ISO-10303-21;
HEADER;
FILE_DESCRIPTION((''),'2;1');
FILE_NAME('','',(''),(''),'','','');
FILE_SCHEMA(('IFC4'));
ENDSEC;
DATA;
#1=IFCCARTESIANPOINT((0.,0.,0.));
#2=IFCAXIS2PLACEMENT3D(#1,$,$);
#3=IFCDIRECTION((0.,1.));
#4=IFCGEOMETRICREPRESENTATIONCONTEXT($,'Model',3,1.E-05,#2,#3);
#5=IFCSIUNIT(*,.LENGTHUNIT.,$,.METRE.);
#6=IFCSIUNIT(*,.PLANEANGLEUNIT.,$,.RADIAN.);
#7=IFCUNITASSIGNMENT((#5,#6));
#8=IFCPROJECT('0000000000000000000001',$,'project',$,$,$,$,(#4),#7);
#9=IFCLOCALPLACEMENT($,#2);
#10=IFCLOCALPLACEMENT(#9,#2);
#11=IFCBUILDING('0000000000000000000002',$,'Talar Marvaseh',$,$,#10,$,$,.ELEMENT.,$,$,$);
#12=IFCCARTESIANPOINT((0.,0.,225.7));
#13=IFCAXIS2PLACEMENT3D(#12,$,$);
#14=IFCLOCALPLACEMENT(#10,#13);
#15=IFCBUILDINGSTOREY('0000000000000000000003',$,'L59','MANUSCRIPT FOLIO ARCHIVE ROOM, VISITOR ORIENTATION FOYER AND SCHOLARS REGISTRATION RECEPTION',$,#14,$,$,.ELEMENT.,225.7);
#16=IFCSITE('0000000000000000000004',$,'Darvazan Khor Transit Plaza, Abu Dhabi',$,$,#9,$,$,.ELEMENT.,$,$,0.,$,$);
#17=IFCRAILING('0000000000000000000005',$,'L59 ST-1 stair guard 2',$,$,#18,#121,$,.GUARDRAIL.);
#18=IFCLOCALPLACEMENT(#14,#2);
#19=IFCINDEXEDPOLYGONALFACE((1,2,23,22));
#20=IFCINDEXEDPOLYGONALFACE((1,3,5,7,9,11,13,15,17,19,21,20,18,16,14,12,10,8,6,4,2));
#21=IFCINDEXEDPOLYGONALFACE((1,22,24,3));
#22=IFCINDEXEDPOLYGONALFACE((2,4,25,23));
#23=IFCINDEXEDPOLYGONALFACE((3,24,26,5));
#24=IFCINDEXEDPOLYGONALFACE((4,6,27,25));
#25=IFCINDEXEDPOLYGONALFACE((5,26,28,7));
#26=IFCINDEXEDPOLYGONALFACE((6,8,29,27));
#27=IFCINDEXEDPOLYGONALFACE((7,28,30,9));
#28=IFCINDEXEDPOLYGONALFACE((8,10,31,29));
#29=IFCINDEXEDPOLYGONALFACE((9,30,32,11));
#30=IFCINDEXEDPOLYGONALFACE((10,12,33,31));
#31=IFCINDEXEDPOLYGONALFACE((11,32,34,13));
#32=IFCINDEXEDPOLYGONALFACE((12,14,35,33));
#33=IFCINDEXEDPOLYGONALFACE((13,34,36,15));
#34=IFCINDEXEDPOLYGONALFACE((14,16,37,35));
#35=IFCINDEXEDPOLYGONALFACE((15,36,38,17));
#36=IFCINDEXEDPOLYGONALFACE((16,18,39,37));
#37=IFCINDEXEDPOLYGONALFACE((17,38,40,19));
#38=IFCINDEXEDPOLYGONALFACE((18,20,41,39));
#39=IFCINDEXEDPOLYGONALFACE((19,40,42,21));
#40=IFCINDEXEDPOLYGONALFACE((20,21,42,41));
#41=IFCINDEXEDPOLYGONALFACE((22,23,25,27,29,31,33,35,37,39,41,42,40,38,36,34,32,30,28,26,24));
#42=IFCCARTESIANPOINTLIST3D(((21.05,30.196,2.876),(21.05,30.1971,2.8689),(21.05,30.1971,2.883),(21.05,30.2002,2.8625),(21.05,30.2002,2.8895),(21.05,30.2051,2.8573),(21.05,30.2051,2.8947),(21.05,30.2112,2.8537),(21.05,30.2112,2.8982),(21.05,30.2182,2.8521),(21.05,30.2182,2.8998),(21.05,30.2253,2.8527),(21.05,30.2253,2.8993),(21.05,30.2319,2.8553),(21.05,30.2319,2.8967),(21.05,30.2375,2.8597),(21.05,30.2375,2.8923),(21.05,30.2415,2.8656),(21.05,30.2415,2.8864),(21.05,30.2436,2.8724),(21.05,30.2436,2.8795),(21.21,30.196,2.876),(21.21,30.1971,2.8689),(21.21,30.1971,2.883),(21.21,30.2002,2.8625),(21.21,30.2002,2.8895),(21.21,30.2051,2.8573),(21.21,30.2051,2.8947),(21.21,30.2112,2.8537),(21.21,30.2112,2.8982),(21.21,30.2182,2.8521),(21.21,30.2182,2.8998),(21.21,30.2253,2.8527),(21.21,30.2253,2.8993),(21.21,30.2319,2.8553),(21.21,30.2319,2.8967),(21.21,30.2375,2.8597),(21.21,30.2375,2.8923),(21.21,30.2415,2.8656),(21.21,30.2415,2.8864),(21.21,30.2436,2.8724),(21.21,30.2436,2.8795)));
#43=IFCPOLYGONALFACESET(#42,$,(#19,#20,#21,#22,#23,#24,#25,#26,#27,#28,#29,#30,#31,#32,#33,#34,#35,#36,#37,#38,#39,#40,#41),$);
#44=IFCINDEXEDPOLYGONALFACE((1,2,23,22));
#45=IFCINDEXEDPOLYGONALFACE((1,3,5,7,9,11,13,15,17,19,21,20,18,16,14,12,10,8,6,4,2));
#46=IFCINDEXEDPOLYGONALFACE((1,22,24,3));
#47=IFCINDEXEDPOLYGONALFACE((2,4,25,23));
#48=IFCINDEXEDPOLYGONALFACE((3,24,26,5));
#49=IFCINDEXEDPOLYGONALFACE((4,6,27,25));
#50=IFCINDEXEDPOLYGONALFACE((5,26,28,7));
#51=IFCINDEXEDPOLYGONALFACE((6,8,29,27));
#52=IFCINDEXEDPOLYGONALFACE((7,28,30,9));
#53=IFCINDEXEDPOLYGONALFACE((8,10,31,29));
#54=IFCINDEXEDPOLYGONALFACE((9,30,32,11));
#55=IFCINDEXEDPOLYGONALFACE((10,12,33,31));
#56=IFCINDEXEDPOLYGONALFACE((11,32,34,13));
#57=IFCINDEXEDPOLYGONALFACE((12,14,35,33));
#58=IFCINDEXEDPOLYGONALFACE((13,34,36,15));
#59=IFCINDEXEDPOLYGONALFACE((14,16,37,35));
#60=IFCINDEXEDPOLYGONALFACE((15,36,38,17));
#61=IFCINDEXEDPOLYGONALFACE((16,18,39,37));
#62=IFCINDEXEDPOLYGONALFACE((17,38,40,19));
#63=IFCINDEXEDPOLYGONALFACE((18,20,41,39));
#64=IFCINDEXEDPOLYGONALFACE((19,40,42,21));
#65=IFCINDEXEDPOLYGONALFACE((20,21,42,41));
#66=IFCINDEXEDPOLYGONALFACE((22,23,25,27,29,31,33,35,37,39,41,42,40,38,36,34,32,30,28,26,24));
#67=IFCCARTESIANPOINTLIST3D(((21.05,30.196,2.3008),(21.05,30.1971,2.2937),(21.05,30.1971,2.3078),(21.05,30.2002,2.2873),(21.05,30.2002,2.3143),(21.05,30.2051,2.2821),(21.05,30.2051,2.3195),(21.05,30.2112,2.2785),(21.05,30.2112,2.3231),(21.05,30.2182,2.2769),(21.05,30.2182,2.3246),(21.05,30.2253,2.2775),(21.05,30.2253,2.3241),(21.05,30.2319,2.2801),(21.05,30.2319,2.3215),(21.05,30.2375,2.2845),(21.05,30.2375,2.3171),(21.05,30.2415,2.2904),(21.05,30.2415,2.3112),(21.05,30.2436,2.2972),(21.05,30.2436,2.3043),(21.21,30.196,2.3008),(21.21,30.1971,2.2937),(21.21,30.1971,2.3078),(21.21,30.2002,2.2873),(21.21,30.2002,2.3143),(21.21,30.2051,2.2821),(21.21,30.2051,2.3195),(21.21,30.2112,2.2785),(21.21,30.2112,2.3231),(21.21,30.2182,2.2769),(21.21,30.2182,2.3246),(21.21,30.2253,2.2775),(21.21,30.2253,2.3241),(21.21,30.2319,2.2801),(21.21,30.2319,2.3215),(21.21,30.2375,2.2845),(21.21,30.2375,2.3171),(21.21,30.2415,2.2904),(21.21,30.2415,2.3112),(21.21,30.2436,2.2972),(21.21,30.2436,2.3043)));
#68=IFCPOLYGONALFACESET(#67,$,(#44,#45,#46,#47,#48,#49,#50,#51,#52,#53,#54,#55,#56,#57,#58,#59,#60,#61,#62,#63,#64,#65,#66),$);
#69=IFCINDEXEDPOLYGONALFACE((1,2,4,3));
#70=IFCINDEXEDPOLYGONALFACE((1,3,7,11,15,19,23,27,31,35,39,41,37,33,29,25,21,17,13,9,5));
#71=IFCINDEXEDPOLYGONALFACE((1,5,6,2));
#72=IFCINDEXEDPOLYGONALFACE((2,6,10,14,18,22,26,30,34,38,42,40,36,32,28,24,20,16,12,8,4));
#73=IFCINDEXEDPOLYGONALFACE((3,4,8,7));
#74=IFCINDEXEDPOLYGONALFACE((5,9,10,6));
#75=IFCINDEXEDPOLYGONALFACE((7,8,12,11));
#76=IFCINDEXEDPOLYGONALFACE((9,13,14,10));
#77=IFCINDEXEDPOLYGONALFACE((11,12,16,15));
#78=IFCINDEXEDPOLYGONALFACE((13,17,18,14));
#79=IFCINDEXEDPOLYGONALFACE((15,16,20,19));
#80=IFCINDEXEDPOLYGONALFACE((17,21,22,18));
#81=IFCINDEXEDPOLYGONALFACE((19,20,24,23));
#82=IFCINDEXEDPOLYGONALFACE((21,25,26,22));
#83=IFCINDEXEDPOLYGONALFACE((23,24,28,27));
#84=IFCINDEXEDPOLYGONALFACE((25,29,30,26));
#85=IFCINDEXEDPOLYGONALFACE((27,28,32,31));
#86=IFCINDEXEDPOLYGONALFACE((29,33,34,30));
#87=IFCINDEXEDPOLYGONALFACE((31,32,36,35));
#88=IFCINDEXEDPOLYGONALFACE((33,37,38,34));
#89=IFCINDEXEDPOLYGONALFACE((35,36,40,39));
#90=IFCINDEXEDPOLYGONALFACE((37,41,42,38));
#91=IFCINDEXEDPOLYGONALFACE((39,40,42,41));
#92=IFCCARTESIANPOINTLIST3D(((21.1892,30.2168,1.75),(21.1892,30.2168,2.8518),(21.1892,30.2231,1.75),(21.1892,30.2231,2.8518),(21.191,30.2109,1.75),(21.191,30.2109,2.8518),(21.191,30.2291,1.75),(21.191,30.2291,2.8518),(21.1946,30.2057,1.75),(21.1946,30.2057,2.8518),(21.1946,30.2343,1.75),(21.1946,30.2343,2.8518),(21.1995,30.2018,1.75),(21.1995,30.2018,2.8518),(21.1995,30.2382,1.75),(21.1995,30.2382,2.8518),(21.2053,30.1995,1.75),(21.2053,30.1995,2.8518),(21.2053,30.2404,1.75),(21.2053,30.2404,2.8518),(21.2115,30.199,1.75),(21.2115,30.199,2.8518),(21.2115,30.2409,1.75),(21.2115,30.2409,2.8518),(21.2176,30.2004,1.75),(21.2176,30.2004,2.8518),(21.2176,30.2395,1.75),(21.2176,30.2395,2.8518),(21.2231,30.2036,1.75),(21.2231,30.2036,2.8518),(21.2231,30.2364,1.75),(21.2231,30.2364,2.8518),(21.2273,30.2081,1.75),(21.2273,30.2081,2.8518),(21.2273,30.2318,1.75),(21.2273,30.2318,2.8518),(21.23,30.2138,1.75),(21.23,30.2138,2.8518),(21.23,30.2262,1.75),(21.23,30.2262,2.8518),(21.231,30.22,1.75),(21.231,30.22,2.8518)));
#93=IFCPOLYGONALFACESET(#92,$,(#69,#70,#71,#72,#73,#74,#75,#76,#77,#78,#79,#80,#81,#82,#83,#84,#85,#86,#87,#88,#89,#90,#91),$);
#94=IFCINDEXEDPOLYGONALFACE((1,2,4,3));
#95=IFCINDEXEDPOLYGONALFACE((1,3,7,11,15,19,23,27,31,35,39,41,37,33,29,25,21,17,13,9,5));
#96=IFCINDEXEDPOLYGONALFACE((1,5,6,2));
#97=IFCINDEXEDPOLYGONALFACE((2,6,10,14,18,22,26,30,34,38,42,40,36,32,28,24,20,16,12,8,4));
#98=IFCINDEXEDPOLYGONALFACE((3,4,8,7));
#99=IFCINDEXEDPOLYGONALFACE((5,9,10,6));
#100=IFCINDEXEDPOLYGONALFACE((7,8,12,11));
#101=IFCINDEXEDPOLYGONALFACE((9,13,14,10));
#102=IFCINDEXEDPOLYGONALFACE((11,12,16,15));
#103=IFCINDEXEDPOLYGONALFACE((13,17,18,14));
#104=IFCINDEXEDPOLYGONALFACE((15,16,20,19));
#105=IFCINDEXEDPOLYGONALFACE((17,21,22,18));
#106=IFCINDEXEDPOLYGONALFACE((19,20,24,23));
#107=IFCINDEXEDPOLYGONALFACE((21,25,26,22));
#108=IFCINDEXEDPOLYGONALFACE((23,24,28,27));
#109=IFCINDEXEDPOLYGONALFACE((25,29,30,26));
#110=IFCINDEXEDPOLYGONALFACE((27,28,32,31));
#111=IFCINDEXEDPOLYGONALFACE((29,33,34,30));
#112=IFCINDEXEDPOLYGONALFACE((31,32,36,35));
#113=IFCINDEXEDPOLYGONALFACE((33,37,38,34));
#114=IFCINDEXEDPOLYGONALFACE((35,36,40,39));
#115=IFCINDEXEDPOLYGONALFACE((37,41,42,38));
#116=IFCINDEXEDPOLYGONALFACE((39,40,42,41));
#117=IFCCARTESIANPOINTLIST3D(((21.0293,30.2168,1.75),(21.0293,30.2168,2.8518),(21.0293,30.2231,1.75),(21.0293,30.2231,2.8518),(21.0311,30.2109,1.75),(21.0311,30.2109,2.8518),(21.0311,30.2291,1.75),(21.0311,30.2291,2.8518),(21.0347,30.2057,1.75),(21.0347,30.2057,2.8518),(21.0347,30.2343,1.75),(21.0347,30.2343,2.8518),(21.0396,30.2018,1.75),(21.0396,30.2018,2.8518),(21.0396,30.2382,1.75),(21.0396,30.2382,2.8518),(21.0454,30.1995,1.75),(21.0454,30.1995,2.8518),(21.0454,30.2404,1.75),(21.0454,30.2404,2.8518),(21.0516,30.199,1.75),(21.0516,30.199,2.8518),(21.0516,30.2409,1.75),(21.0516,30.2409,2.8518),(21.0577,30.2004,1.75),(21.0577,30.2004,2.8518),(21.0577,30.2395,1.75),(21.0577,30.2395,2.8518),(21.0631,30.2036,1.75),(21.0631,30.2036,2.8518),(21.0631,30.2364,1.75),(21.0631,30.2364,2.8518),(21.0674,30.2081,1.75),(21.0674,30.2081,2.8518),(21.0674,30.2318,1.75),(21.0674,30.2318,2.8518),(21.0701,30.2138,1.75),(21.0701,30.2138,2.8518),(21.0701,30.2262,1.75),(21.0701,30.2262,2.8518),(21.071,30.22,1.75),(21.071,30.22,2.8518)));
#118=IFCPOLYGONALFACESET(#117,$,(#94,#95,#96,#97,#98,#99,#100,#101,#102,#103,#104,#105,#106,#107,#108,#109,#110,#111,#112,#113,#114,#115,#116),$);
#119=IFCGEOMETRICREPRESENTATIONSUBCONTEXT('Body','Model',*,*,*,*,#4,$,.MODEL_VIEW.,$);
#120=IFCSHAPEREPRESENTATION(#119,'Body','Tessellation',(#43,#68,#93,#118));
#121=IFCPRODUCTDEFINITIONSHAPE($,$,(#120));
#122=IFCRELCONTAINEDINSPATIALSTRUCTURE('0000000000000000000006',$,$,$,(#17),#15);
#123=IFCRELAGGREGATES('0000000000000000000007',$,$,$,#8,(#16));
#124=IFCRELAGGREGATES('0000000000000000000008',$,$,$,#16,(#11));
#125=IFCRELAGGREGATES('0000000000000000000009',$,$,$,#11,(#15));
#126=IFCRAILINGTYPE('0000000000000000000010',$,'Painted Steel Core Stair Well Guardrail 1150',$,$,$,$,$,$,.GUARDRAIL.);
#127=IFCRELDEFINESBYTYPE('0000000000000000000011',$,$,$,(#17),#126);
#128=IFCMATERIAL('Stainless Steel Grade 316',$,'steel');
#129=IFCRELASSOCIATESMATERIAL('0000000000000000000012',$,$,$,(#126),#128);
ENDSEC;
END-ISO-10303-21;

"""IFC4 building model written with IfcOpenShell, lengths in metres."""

from ifc_helpers import new_model, si_unit, direction, frame, origin, origin_2d, place, context, subcontext, project, spatial, circle, extrude, material, type_object, element, save


model = new_model("IFC4")

# Units and contexts
model_context = context("Model", 3, precision=1e-05, world=origin(), true_north=direction((0.0, 1.0)))
body_context = subcontext(model_context, "Body", "Model", "MODEL_VIEW")
ifc_project = project(units=[si_unit("LENGTHUNIT", "METRE"), si_unit("PLANEANGLEUNIT", "RADIAN")], contexts=[model_context])

# Site, building, storey
site_placement = place(None, origin())
site = spatial("IfcSite", under=ifc_project, at=site_placement, Name="Darvazan Khor Transit Plaza, Abu Dhabi", CompositionType="ELEMENT", RefElevation=0.0)
building_placement = place(site_placement, origin())
building = spatial("IfcBuilding", under=site, at=building_placement, Name="Talar Marvaseh", CompositionType="ELEMENT")
storey_placement = place(building_placement, frame((0.0, 0.0, 225.7)))
storey = spatial("IfcBuildingStorey", under=building, at=storey_placement, Name="L59", Description="MANUSCRIPT FOLIO ARCHIVE ROOM, VISITOR ORIENTATION FOYER AND SCHOLARS REGISTRATION RECEPTION", CompositionType="ELEMENT", Elevation=225.7)

# Railing
ifc_material_1 = material(Name="Stainless Steel Grade 316", Category="steel")
railing_type_1 = type_object("IfcRailingType", Name="Painted Steel Core Stair Well Guardrail 1150", PredefinedType="GUARDRAIL", material=ifc_material_1)
railing_1_placement = place(storey_placement, frame((21.21, 30.22, 1.75)))
element("IfcRailing", 1, at=railing_1_placement, inside=storey, type_object=railing_type_1, Name="L59 ST-1 stair guard 2", PredefinedType="GUARDRAIL", context=body_context, shape_type="SweptSolid", body=[
    extrude(circle(Radius=0.0239, at=origin_2d()), frame((0.0, 0.0, 1.126), z_axis=(-1.0, 0.0, 0.0), x_axis=(0.0, -1.0, 0.0)), (0.0, 0.0, 1.0), 0.1599),
    extrude(circle(Radius=0.0239, at=origin_2d()), frame((0.0, 0.0, 0.5508), z_axis=(-1.0, 0.0, 0.0), x_axis=(0.0, -1.0, 0.0)), (0.0, 0.0, 1.0), 0.1599),
    extrude(circle(Radius=0.021, at=origin_2d()), origin(), (0.0, 0.0, 1.0), 1.1018),
    extrude(circle(Radius=0.021, at=origin_2d()), frame((-0.1599, 0.0, 0.0)), (0.0, 0.0, 1.0), 1.1018),
])

save(model, "model.ifc")
